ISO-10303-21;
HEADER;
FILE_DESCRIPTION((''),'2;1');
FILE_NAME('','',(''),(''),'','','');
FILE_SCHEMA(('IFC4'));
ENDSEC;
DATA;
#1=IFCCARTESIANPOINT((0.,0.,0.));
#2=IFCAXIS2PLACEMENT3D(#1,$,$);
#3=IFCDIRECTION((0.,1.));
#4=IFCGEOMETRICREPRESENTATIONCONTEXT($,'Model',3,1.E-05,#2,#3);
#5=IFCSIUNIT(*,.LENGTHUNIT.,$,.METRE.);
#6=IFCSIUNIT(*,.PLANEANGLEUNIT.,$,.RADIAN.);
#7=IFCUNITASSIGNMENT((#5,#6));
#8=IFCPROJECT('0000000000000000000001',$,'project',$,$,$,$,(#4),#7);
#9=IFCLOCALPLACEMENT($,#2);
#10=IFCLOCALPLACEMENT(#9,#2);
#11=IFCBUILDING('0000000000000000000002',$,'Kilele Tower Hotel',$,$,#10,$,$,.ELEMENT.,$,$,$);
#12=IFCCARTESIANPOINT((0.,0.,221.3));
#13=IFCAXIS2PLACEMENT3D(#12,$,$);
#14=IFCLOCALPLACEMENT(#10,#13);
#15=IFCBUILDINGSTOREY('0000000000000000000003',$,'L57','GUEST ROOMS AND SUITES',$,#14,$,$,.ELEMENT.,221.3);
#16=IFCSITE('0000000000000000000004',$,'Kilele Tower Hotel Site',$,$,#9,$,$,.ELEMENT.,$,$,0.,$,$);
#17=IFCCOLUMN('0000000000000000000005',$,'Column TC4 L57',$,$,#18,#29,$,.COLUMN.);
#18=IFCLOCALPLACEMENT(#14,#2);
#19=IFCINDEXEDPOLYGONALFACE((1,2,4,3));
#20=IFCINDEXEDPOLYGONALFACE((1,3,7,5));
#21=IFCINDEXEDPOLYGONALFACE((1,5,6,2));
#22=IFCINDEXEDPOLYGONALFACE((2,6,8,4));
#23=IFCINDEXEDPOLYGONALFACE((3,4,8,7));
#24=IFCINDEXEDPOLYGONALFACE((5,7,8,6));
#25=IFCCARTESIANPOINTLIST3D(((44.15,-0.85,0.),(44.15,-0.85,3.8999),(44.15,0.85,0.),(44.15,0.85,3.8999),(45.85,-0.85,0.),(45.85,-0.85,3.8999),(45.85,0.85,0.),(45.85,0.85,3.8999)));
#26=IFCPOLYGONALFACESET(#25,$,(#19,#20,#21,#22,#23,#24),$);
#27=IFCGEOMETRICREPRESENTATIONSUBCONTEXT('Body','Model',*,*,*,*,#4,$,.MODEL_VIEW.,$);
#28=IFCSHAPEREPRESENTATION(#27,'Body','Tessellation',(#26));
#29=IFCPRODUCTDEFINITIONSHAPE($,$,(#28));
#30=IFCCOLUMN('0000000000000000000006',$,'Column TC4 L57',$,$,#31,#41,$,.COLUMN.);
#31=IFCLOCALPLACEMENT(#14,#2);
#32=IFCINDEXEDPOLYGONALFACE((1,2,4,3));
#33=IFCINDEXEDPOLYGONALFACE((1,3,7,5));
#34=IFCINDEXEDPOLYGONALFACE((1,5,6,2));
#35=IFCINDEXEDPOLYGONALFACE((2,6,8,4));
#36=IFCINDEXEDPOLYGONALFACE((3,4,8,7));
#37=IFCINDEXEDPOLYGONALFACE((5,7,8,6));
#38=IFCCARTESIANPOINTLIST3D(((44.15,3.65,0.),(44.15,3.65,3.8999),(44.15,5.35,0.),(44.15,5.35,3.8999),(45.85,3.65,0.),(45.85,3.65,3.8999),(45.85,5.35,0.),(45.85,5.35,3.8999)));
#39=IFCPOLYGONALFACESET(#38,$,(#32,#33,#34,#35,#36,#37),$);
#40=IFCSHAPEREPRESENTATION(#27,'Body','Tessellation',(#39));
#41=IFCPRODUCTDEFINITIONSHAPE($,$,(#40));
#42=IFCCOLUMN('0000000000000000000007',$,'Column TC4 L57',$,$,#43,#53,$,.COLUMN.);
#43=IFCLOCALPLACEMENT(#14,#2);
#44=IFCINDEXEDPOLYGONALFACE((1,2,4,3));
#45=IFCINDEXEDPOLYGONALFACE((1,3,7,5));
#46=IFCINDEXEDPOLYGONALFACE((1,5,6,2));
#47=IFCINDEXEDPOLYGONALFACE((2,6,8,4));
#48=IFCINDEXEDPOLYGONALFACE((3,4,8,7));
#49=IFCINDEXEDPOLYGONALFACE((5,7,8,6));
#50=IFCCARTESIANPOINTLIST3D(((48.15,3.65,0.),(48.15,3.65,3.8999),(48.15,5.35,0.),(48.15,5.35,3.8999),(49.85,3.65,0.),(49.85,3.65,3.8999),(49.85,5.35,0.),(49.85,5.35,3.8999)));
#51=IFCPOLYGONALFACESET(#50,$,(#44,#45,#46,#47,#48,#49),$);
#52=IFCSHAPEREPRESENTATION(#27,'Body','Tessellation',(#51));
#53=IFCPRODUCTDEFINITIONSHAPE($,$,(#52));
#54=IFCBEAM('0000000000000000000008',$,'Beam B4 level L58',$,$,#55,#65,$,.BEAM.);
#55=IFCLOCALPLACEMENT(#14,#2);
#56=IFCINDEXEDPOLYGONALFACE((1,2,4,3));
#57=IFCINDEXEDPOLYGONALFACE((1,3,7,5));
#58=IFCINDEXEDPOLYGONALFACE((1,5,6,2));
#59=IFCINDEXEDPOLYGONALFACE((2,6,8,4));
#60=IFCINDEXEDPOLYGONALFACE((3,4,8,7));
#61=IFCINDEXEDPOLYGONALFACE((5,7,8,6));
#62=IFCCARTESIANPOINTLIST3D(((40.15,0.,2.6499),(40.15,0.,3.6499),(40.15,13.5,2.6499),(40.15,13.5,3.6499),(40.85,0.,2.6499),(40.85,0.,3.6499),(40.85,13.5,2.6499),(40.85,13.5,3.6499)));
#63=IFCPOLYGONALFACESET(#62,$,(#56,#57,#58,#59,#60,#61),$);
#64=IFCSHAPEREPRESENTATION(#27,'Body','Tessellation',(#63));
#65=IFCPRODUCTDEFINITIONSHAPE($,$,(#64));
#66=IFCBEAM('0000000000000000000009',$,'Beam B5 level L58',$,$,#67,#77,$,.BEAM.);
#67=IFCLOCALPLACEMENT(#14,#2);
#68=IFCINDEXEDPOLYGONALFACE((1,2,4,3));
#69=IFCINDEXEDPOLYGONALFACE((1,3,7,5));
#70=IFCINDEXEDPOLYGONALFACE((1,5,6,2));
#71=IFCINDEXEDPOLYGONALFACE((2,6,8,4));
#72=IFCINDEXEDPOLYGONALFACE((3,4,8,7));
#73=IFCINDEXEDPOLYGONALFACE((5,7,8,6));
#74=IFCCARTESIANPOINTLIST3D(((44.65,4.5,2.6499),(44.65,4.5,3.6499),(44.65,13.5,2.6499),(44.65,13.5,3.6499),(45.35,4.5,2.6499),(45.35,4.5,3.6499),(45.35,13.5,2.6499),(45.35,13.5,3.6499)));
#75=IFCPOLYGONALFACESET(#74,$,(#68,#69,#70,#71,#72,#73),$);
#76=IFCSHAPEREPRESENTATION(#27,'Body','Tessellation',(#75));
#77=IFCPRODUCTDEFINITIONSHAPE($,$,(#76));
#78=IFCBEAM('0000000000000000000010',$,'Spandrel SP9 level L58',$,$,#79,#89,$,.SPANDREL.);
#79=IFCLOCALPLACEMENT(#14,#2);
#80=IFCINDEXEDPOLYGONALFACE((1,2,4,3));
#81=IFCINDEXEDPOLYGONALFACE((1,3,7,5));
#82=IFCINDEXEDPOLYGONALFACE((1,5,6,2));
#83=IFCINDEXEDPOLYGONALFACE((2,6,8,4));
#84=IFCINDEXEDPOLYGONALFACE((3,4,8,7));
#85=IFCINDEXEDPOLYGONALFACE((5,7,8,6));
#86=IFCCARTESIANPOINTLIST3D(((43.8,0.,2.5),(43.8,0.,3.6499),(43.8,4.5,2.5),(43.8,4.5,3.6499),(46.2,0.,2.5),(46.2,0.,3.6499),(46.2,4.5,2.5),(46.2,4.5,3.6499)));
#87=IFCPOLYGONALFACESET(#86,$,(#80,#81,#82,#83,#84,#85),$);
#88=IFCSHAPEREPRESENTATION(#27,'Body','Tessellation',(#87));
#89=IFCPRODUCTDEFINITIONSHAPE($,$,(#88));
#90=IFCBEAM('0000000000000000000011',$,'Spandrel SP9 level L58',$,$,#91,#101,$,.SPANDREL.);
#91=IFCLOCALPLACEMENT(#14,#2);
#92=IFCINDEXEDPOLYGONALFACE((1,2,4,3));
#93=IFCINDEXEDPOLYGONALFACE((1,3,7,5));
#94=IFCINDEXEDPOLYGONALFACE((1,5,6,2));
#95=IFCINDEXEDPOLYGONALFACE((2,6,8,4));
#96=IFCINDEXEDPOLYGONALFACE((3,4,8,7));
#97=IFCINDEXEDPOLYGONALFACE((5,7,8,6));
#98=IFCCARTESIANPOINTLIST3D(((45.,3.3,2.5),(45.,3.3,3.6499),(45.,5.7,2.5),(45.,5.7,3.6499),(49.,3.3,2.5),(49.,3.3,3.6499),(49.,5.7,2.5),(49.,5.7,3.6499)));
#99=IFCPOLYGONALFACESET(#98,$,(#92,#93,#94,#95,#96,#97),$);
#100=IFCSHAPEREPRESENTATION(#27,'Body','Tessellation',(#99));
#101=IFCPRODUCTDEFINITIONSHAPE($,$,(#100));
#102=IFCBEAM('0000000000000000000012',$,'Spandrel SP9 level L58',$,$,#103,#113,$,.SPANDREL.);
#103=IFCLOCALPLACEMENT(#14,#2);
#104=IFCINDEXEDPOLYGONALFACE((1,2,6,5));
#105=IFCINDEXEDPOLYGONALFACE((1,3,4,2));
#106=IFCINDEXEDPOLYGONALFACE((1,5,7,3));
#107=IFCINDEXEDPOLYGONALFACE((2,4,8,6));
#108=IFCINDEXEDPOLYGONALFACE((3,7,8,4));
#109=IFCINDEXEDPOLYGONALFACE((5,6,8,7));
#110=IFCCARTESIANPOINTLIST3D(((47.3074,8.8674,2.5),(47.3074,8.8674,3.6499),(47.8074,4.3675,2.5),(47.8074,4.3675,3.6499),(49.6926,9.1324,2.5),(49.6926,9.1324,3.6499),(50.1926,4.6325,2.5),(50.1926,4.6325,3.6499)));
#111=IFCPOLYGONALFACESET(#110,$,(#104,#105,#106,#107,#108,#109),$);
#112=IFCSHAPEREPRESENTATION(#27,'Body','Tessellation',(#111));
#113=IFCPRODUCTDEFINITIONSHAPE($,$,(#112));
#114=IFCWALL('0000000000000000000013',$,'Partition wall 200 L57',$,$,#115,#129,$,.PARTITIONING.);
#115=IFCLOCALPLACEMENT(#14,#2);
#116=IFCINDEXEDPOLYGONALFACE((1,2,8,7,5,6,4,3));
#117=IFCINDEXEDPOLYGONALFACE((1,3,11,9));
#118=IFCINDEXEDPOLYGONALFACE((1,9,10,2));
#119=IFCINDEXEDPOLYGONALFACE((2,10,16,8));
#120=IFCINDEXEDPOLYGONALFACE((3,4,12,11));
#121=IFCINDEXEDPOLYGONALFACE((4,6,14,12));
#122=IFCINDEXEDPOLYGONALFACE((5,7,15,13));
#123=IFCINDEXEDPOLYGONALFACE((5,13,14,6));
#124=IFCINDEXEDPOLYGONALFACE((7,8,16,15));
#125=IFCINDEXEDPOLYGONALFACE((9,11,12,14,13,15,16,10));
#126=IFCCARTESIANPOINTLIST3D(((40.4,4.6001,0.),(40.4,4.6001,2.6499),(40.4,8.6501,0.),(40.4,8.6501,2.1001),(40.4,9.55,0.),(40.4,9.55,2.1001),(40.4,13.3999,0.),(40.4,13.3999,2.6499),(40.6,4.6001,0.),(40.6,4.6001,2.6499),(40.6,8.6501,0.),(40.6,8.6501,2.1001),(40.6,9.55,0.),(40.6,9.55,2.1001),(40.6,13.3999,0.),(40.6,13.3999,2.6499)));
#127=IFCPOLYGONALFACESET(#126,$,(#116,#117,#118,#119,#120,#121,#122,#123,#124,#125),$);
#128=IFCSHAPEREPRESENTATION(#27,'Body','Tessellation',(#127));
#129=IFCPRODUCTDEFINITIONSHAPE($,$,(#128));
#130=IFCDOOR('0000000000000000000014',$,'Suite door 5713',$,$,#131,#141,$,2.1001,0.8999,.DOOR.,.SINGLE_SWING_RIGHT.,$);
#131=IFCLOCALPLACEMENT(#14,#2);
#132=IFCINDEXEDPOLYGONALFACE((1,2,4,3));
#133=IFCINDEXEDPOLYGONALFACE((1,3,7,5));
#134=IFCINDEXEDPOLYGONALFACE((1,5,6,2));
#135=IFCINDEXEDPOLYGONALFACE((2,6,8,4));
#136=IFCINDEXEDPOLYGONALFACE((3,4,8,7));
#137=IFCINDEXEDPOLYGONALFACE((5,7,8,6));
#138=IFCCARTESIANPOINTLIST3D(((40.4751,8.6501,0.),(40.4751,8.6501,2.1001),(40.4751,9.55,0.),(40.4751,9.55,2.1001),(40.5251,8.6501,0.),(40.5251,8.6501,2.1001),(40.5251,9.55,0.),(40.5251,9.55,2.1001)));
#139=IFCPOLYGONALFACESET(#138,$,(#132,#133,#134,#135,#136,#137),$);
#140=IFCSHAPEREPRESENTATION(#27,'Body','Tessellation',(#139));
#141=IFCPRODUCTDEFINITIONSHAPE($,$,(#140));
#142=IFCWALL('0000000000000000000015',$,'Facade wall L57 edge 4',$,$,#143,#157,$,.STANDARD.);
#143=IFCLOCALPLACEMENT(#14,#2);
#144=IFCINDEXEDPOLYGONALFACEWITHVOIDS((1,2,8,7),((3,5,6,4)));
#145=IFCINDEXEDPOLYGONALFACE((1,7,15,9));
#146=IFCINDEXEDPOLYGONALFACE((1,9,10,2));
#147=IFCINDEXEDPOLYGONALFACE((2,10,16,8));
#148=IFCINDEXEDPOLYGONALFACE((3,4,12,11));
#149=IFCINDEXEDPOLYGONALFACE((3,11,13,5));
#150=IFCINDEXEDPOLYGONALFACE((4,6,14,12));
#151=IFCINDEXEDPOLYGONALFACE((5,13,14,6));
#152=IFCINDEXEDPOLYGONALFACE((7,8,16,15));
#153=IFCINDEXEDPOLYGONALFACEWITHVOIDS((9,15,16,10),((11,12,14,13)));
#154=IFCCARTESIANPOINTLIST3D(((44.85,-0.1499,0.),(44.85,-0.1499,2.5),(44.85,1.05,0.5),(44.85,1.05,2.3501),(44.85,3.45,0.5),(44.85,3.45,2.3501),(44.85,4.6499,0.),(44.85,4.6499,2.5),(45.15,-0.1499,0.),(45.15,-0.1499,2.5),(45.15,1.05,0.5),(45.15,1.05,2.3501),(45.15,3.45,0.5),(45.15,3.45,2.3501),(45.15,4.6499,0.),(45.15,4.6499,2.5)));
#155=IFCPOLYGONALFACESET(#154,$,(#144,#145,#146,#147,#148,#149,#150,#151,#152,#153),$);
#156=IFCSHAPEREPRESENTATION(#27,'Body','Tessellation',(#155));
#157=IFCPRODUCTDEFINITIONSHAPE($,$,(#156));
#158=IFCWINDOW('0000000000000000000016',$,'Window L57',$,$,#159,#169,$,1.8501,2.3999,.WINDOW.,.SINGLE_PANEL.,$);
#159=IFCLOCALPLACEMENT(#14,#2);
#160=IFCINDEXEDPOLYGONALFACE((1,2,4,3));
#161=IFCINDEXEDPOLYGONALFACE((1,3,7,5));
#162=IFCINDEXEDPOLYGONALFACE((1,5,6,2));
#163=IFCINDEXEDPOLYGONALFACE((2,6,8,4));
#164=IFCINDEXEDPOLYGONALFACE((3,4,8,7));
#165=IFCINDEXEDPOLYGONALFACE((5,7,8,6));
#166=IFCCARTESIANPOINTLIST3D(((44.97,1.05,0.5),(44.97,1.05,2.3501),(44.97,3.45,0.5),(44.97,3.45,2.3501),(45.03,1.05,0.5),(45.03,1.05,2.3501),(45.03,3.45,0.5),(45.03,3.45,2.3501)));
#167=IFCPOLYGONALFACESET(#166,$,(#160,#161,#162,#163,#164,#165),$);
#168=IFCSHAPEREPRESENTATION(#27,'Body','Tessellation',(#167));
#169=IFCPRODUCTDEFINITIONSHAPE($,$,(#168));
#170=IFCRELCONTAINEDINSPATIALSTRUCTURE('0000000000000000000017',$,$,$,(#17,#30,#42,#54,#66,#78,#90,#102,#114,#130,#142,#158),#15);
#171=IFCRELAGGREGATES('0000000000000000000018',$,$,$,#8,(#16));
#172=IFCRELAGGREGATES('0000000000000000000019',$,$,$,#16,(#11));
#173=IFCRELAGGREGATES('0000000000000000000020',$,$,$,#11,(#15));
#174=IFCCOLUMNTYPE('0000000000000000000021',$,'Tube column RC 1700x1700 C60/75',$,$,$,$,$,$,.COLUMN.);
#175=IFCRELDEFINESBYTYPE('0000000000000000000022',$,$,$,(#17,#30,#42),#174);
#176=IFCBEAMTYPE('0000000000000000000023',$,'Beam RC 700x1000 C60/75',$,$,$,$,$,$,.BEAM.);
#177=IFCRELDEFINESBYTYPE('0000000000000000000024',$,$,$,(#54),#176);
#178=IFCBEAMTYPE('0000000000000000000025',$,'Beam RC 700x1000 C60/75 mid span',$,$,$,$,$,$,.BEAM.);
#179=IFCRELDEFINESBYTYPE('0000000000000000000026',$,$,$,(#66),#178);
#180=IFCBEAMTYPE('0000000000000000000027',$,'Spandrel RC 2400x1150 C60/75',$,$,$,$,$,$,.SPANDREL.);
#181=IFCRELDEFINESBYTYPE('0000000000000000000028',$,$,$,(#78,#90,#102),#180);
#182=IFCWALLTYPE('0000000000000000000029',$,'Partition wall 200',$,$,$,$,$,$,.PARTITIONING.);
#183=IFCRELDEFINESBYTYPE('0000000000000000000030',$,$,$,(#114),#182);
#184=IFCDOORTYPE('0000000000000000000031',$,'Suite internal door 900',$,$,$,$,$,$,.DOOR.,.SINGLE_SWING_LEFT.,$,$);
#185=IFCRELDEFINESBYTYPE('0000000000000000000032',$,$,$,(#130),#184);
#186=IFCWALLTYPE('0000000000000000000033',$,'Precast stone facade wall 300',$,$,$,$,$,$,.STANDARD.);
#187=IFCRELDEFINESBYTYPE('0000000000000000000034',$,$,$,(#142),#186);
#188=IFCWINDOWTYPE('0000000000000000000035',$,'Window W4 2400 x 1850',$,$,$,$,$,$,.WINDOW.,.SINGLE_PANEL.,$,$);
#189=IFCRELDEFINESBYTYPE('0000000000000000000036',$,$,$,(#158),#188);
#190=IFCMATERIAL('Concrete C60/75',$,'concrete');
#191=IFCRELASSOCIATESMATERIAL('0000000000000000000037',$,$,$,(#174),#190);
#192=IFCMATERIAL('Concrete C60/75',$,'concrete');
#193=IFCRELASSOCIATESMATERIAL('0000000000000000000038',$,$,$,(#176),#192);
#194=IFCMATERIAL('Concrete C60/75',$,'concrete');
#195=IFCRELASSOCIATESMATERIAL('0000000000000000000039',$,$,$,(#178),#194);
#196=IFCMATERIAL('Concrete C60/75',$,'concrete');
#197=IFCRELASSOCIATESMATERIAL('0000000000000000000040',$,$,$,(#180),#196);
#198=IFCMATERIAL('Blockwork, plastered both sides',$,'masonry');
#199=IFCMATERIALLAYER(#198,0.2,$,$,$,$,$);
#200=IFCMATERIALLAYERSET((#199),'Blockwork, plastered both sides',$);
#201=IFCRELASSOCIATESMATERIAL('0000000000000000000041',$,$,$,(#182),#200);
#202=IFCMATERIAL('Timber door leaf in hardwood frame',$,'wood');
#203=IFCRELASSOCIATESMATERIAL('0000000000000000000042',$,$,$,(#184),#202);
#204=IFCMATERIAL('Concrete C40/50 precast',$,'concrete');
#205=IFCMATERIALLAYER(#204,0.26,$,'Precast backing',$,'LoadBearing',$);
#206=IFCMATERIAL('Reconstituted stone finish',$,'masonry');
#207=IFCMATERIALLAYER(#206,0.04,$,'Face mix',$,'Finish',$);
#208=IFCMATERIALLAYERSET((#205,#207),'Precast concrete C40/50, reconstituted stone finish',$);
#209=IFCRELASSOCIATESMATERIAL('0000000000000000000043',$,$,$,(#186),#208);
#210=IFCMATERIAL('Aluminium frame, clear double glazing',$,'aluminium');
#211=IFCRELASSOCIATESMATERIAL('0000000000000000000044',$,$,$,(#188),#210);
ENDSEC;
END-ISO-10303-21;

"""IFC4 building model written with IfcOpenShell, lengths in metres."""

from ifc_helpers import new_model, si_unit, direction, frame, frame_2d, origin, origin_2d, place, context, subcontext, project, spatial, rectangle, extrude, material, layer, layer_set, material_profile, profile_set, type_object, element, fill, save


model = new_model("IFC4")

# Units and contexts
model_context = context("Model", 3, precision=1e-05, world=origin(), true_north=direction((0.0, 1.0)))
body_context = subcontext(model_context, "Body", "Model", "MODEL_VIEW")
ifc_project = project(units=[si_unit("LENGTHUNIT", "METRE"), si_unit("PLANEANGLEUNIT", "RADIAN")], contexts=[model_context])

# Site, building, storey
site_placement = place(None, origin())
site = spatial("IfcSite", under=ifc_project, at=site_placement, Name="Kilele Tower Hotel Site", CompositionType="ELEMENT", RefElevation=0.0)
building_placement = place(site_placement, origin())
building = spatial("IfcBuilding", under=site, at=building_placement, Name="Kilele Tower Hotel", CompositionType="ELEMENT")
storey_placement = place(building_placement, frame((0.0, 0.0, 221.3)))
storey = spatial("IfcBuildingStorey", under=building, at=storey_placement, Name="L57", Description="GUEST ROOMS AND SUITES", CompositionType="ELEMENT", Elevation=221.3)

# Columns
ifc_material_1 = material(Name="Concrete C60/75", Category="concrete")
ifc_material_profile_1 = material_profile(ifc_material_1, rectangle(XDim=1.7, YDim=1.7, at=origin_2d()))
ifc_profile_set_1 = profile_set([ifc_material_profile_1], Name="Concrete C60/75")
column_type = type_object("IfcColumnType", Name="Tube column RC 1700x1700 C60/75", PredefinedType="COLUMN", material=ifc_profile_set_1)
for number, where, z_axis, x_axis, name in (
    (1, (45.0, 0.0, 0.0), (0.0, 0.0, 1.0), (1.0, 0.0, 0.0), "Column TC4 L57"),
    (2, (45.0, 4.5, 0.0), (0.0, 0.0, 1.0), (1.0, 0.0, 0.0), "Column TC4 L57"),
    (3, (49.0, 4.5, 0.0), (0.0, 0.0, 1.0), (1.0, 0.0, 0.0), "Column TC4 L57"),
):
    element("IfcColumn", number, at=place(storey_placement, frame(where, z_axis=z_axis, x_axis=x_axis)), inside=storey, type_object=column_type, Name=name, PredefinedType="COLUMN", context=body_context, shape_type="SweptSolid", body=[
        extrude(rectangle(XDim=1.7, YDim=1.7, at=origin_2d()), origin(), (0.0, 0.0, 1.0), 3.8999),
    ])

# Beams
ifc_material_2 = material(Name="Concrete C60/75", Category="concrete")
ifc_material_profile_2 = material_profile(ifc_material_2, rectangle(XDim=0.7, YDim=1.0, at=origin_2d()))
ifc_profile_set_2 = profile_set([ifc_material_profile_2], Name="Concrete C60/75")
beam_type_1 = type_object("IfcBeamType", Name="Beam RC 700x1000 C60/75", PredefinedType="BEAM", material=ifc_profile_set_2)
beam_1_placement = place(storey_placement, frame((40.5, 0.0, 3.1499), z_axis=(0.0, 1.0, 0.0), x_axis=(-1.0, 0.0, 0.0)))
element("IfcBeam", 4, at=beam_1_placement, inside=storey, type_object=beam_type_1, Name="Beam B4 level L58", PredefinedType="BEAM", context=body_context, shape_type="SweptSolid", body=[
    extrude(rectangle(XDim=0.7, YDim=1.0, at=origin_2d()), origin(), (0.0, 0.0, 1.0), 13.5),
])
ifc_material_3 = material(Name="Concrete C60/75", Category="concrete")
ifc_material_profile_3 = material_profile(ifc_material_3, rectangle(XDim=0.7, YDim=1.0, at=origin_2d()))
ifc_profile_set_3 = profile_set([ifc_material_profile_3], Name="Concrete C60/75")
beam_type_2 = type_object("IfcBeamType", Name="Beam RC 700x1000 C60/75 mid span", PredefinedType="BEAM", material=ifc_profile_set_3)
beam_2_placement = place(storey_placement, frame((45.0, 4.5, 3.1499), z_axis=(0.0, 1.0, 0.0), x_axis=(-1.0, 0.0, 0.0)))
element("IfcBeam", 5, at=beam_2_placement, inside=storey, type_object=beam_type_2, Name="Beam B5 level L58", PredefinedType="BEAM", context=body_context, shape_type="SweptSolid", body=[
    extrude(rectangle(XDim=0.7, YDim=1.0, at=origin_2d()), origin(), (0.0, 0.0, 1.0), 9.0),
])
ifc_material_4 = material(Name="Concrete C60/75", Category="concrete")
ifc_material_profile_4 = material_profile(ifc_material_4, rectangle(XDim=2.3999, YDim=1.1499, at=origin_2d()))
ifc_profile_set_4 = profile_set([ifc_material_profile_4], Name="Concrete C60/75")
beam_type_3 = type_object("IfcBeamType", Name="Spandrel RC 2400x1150 C60/75", PredefinedType="SPANDREL", material=ifc_profile_set_4)
beam_3_placement = place(storey_placement, frame((45.0, 0.0, 3.075), z_axis=(0.0, 1.0, 0.0), x_axis=(-1.0, 0.0, 0.0)))
element("IfcBeam", 6, at=beam_3_placement, inside=storey, type_object=beam_type_3, Name="Spandrel SP9 level L58", PredefinedType="SPANDREL", context=body_context, shape_type="SweptSolid", body=[
    extrude(rectangle(XDim=2.3999, YDim=1.1499, at=origin_2d()), origin(), (0.0, 0.0, 1.0), 4.5),
])
beam_4_placement = place(storey_placement, frame((45.0, 4.5, 3.075), z_axis=(1.0, 0.0, 0.0), x_axis=(0.0, 1.0, 0.0)))
element("IfcBeam", 7, at=beam_4_placement, inside=storey, type_object=beam_type_3, Name="Spandrel SP9 level L58", PredefinedType="SPANDREL", context=body_context, shape_type="SweptSolid", body=[
    extrude(rectangle(XDim=2.3999, YDim=1.1499, at=origin_2d()), origin(), (0.0, 0.0, 1.0), 4.0),
])
beam_5_placement = place(storey_placement, frame((49.0, 4.5, 3.075), z_axis=(-0.110432, 0.993884, 0.0), x_axis=(-0.993884, -0.110432, 0.0)))
element("IfcBeam", 8, at=beam_5_placement, inside=storey, type_object=beam_type_3, Name="Spandrel SP9 level L58", PredefinedType="SPANDREL", context=body_context, shape_type="SweptSolid", body=[
    extrude(rectangle(XDim=2.3999, YDim=1.1499, at=origin_2d()), origin(), (0.0, 0.0, 1.0), 4.5276),
])

# Wall, opening, door
ifc_material_5 = material(Name="Blockwork, plastered both sides", Category="masonry")
ifc_layer_1 = layer(ifc_material_5, 0.2)
ifc_layer_set_1 = layer_set([ifc_layer_1], Name="Blockwork, plastered both sides")
wall_type_1 = type_object("IfcWallType", Name="Partition wall 200", PredefinedType="PARTITIONING", material=ifc_layer_set_1)
wall_1_placement = place(storey_placement, frame((40.5, 4.6001, 0.0), z_axis=(0.0, 0.0, 1.0), x_axis=(0.0, 1.0, 0.0)))
wall_1 = element("IfcWall", 9, at=wall_1_placement, inside=storey, type_object=wall_type_1, Name="Partition wall 200 L57", PredefinedType="PARTITIONING", context=body_context, shape_type="SweptSolid", body=[
    extrude(rectangle(XDim=8.7998, YDim=0.2, at=frame_2d((4.3999, 0.0))), origin(), (0.0, 0.0, 1.0), 2.6499),
])
opening_1_placement = place(wall_1_placement, frame((4.05, 0.0, 0.0)))
opening_1 = element("IfcOpeningElement", 10, at=opening_1_placement, cuts=wall_1, PredefinedType="OPENING", context=body_context, shape_type="SweptSolid", body=[
    extrude(rectangle(XDim=0.8999, YDim=2.1001, at=frame_2d((0.45, 1.05))), frame((0.0, 0.1099, 0.0), z_axis=(0.0, -1.0, 0.0), x_axis=(1.0, 0.0, 0.0)), (0.0, 0.0, 1.0), 0.22),
])
ifc_material_6 = material(Name="Timber door leaf in hardwood frame", Category="wood")
door_type = type_object("IfcDoorType", Name="Suite internal door 900", OperationType="SINGLE_SWING_LEFT", PredefinedType="DOOR", material=ifc_material_6)
door_placement = place(opening_1_placement, origin())
door = element("IfcDoor", 11, at=door_placement, inside=storey, type_object=door_type, Name="Suite door 5713", OperationType="SINGLE_SWING_RIGHT", OverallHeight=2.1001, OverallWidth=0.8999, PredefinedType="DOOR", context=body_context, shape_type="SweptSolid", body=[
    extrude(rectangle(XDim=0.8999, YDim=2.1001, at=frame_2d((0.45, 1.05))), frame((0.0, 0.0249, 0.0), z_axis=(0.0, -1.0, 0.0), x_axis=(1.0, 0.0, 0.0)), (0.0, 0.0, 1.0), 0.05),
])
fill(opening_1, door)

# Wall, opening, window
ifc_material_7 = material(Name="Concrete C40/50 precast", Category="concrete")
ifc_layer_2 = layer(ifc_material_7, 0.26, Name="Precast backing", Category="LoadBearing")
ifc_material_8 = material(Name="Reconstituted stone finish", Category="masonry")
ifc_layer_3 = layer(ifc_material_8, 0.04, Name="Face mix", Category="Finish")
ifc_layer_set_2 = layer_set([ifc_layer_2, ifc_layer_3], Name="Precast concrete C40/50, reconstituted stone finish")
wall_type_2 = type_object("IfcWallType", Name="Precast stone facade wall 300", PredefinedType="STANDARD", material=ifc_layer_set_2)
wall_2_placement = place(storey_placement, frame((45.0, -0.1499, 0.0), z_axis=(0.0, 0.0, 1.0), x_axis=(0.0, 1.0, 0.0)))
wall_2 = element("IfcWall", 12, at=wall_2_placement, inside=storey, type_object=wall_type_2, Name="Facade wall L57 edge 4", PredefinedType="STANDARD", context=body_context, shape_type="SweptSolid", body=[
    extrude(rectangle(XDim=4.7998, YDim=0.3, at=frame_2d((2.3999, 0.0))), origin(), (0.0, 0.0, 1.0), 2.5),
])
opening_2_placement = place(wall_2_placement, frame((1.2, 0.0, 0.5)))
opening_2 = element("IfcOpeningElement", 13, at=opening_2_placement, cuts=wall_2, PredefinedType="OPENING", context=body_context, shape_type="SweptSolid", body=[
    extrude(rectangle(XDim=2.3999, YDim=1.8501, at=frame_2d((1.2, 0.925))), frame((0.0, 0.1599, 0.0), z_axis=(0.0, -1.0, 0.0), x_axis=(1.0, 0.0, 0.0)), (0.0, 0.0, 1.0), 0.3201),
])
ifc_material_9 = material(Name="Aluminium frame, clear double glazing", Category="aluminium")
window_type_1 = type_object("IfcWindowType", Name="Window W4 2400 x 1850", PartitioningType="SINGLE_PANEL", PredefinedType="WINDOW", material=ifc_material_9)
window_1_placement = place(opening_2_placement, origin())
window_1 = element("IfcWindow", 14, at=window_1_placement, inside=storey, type_object=window_type_1, Name="Window L57", OverallHeight=1.8501, OverallWidth=2.3999, PartitioningType="SINGLE_PANEL", PredefinedType="WINDOW", context=body_context, shape_type="SweptSolid", body=[
    extrude(rectangle(XDim=2.3999, YDim=1.8501, at=frame_2d((1.2, 0.925))), frame((0.0, 0.03, 0.0), z_axis=(0.0, -1.0, 0.0), x_axis=(1.0, 0.0, 0.0)), (0.0, 0.0, 1.0), 0.0601),
])
fill(opening_2, window_1)

save(model, "model.ifc")
